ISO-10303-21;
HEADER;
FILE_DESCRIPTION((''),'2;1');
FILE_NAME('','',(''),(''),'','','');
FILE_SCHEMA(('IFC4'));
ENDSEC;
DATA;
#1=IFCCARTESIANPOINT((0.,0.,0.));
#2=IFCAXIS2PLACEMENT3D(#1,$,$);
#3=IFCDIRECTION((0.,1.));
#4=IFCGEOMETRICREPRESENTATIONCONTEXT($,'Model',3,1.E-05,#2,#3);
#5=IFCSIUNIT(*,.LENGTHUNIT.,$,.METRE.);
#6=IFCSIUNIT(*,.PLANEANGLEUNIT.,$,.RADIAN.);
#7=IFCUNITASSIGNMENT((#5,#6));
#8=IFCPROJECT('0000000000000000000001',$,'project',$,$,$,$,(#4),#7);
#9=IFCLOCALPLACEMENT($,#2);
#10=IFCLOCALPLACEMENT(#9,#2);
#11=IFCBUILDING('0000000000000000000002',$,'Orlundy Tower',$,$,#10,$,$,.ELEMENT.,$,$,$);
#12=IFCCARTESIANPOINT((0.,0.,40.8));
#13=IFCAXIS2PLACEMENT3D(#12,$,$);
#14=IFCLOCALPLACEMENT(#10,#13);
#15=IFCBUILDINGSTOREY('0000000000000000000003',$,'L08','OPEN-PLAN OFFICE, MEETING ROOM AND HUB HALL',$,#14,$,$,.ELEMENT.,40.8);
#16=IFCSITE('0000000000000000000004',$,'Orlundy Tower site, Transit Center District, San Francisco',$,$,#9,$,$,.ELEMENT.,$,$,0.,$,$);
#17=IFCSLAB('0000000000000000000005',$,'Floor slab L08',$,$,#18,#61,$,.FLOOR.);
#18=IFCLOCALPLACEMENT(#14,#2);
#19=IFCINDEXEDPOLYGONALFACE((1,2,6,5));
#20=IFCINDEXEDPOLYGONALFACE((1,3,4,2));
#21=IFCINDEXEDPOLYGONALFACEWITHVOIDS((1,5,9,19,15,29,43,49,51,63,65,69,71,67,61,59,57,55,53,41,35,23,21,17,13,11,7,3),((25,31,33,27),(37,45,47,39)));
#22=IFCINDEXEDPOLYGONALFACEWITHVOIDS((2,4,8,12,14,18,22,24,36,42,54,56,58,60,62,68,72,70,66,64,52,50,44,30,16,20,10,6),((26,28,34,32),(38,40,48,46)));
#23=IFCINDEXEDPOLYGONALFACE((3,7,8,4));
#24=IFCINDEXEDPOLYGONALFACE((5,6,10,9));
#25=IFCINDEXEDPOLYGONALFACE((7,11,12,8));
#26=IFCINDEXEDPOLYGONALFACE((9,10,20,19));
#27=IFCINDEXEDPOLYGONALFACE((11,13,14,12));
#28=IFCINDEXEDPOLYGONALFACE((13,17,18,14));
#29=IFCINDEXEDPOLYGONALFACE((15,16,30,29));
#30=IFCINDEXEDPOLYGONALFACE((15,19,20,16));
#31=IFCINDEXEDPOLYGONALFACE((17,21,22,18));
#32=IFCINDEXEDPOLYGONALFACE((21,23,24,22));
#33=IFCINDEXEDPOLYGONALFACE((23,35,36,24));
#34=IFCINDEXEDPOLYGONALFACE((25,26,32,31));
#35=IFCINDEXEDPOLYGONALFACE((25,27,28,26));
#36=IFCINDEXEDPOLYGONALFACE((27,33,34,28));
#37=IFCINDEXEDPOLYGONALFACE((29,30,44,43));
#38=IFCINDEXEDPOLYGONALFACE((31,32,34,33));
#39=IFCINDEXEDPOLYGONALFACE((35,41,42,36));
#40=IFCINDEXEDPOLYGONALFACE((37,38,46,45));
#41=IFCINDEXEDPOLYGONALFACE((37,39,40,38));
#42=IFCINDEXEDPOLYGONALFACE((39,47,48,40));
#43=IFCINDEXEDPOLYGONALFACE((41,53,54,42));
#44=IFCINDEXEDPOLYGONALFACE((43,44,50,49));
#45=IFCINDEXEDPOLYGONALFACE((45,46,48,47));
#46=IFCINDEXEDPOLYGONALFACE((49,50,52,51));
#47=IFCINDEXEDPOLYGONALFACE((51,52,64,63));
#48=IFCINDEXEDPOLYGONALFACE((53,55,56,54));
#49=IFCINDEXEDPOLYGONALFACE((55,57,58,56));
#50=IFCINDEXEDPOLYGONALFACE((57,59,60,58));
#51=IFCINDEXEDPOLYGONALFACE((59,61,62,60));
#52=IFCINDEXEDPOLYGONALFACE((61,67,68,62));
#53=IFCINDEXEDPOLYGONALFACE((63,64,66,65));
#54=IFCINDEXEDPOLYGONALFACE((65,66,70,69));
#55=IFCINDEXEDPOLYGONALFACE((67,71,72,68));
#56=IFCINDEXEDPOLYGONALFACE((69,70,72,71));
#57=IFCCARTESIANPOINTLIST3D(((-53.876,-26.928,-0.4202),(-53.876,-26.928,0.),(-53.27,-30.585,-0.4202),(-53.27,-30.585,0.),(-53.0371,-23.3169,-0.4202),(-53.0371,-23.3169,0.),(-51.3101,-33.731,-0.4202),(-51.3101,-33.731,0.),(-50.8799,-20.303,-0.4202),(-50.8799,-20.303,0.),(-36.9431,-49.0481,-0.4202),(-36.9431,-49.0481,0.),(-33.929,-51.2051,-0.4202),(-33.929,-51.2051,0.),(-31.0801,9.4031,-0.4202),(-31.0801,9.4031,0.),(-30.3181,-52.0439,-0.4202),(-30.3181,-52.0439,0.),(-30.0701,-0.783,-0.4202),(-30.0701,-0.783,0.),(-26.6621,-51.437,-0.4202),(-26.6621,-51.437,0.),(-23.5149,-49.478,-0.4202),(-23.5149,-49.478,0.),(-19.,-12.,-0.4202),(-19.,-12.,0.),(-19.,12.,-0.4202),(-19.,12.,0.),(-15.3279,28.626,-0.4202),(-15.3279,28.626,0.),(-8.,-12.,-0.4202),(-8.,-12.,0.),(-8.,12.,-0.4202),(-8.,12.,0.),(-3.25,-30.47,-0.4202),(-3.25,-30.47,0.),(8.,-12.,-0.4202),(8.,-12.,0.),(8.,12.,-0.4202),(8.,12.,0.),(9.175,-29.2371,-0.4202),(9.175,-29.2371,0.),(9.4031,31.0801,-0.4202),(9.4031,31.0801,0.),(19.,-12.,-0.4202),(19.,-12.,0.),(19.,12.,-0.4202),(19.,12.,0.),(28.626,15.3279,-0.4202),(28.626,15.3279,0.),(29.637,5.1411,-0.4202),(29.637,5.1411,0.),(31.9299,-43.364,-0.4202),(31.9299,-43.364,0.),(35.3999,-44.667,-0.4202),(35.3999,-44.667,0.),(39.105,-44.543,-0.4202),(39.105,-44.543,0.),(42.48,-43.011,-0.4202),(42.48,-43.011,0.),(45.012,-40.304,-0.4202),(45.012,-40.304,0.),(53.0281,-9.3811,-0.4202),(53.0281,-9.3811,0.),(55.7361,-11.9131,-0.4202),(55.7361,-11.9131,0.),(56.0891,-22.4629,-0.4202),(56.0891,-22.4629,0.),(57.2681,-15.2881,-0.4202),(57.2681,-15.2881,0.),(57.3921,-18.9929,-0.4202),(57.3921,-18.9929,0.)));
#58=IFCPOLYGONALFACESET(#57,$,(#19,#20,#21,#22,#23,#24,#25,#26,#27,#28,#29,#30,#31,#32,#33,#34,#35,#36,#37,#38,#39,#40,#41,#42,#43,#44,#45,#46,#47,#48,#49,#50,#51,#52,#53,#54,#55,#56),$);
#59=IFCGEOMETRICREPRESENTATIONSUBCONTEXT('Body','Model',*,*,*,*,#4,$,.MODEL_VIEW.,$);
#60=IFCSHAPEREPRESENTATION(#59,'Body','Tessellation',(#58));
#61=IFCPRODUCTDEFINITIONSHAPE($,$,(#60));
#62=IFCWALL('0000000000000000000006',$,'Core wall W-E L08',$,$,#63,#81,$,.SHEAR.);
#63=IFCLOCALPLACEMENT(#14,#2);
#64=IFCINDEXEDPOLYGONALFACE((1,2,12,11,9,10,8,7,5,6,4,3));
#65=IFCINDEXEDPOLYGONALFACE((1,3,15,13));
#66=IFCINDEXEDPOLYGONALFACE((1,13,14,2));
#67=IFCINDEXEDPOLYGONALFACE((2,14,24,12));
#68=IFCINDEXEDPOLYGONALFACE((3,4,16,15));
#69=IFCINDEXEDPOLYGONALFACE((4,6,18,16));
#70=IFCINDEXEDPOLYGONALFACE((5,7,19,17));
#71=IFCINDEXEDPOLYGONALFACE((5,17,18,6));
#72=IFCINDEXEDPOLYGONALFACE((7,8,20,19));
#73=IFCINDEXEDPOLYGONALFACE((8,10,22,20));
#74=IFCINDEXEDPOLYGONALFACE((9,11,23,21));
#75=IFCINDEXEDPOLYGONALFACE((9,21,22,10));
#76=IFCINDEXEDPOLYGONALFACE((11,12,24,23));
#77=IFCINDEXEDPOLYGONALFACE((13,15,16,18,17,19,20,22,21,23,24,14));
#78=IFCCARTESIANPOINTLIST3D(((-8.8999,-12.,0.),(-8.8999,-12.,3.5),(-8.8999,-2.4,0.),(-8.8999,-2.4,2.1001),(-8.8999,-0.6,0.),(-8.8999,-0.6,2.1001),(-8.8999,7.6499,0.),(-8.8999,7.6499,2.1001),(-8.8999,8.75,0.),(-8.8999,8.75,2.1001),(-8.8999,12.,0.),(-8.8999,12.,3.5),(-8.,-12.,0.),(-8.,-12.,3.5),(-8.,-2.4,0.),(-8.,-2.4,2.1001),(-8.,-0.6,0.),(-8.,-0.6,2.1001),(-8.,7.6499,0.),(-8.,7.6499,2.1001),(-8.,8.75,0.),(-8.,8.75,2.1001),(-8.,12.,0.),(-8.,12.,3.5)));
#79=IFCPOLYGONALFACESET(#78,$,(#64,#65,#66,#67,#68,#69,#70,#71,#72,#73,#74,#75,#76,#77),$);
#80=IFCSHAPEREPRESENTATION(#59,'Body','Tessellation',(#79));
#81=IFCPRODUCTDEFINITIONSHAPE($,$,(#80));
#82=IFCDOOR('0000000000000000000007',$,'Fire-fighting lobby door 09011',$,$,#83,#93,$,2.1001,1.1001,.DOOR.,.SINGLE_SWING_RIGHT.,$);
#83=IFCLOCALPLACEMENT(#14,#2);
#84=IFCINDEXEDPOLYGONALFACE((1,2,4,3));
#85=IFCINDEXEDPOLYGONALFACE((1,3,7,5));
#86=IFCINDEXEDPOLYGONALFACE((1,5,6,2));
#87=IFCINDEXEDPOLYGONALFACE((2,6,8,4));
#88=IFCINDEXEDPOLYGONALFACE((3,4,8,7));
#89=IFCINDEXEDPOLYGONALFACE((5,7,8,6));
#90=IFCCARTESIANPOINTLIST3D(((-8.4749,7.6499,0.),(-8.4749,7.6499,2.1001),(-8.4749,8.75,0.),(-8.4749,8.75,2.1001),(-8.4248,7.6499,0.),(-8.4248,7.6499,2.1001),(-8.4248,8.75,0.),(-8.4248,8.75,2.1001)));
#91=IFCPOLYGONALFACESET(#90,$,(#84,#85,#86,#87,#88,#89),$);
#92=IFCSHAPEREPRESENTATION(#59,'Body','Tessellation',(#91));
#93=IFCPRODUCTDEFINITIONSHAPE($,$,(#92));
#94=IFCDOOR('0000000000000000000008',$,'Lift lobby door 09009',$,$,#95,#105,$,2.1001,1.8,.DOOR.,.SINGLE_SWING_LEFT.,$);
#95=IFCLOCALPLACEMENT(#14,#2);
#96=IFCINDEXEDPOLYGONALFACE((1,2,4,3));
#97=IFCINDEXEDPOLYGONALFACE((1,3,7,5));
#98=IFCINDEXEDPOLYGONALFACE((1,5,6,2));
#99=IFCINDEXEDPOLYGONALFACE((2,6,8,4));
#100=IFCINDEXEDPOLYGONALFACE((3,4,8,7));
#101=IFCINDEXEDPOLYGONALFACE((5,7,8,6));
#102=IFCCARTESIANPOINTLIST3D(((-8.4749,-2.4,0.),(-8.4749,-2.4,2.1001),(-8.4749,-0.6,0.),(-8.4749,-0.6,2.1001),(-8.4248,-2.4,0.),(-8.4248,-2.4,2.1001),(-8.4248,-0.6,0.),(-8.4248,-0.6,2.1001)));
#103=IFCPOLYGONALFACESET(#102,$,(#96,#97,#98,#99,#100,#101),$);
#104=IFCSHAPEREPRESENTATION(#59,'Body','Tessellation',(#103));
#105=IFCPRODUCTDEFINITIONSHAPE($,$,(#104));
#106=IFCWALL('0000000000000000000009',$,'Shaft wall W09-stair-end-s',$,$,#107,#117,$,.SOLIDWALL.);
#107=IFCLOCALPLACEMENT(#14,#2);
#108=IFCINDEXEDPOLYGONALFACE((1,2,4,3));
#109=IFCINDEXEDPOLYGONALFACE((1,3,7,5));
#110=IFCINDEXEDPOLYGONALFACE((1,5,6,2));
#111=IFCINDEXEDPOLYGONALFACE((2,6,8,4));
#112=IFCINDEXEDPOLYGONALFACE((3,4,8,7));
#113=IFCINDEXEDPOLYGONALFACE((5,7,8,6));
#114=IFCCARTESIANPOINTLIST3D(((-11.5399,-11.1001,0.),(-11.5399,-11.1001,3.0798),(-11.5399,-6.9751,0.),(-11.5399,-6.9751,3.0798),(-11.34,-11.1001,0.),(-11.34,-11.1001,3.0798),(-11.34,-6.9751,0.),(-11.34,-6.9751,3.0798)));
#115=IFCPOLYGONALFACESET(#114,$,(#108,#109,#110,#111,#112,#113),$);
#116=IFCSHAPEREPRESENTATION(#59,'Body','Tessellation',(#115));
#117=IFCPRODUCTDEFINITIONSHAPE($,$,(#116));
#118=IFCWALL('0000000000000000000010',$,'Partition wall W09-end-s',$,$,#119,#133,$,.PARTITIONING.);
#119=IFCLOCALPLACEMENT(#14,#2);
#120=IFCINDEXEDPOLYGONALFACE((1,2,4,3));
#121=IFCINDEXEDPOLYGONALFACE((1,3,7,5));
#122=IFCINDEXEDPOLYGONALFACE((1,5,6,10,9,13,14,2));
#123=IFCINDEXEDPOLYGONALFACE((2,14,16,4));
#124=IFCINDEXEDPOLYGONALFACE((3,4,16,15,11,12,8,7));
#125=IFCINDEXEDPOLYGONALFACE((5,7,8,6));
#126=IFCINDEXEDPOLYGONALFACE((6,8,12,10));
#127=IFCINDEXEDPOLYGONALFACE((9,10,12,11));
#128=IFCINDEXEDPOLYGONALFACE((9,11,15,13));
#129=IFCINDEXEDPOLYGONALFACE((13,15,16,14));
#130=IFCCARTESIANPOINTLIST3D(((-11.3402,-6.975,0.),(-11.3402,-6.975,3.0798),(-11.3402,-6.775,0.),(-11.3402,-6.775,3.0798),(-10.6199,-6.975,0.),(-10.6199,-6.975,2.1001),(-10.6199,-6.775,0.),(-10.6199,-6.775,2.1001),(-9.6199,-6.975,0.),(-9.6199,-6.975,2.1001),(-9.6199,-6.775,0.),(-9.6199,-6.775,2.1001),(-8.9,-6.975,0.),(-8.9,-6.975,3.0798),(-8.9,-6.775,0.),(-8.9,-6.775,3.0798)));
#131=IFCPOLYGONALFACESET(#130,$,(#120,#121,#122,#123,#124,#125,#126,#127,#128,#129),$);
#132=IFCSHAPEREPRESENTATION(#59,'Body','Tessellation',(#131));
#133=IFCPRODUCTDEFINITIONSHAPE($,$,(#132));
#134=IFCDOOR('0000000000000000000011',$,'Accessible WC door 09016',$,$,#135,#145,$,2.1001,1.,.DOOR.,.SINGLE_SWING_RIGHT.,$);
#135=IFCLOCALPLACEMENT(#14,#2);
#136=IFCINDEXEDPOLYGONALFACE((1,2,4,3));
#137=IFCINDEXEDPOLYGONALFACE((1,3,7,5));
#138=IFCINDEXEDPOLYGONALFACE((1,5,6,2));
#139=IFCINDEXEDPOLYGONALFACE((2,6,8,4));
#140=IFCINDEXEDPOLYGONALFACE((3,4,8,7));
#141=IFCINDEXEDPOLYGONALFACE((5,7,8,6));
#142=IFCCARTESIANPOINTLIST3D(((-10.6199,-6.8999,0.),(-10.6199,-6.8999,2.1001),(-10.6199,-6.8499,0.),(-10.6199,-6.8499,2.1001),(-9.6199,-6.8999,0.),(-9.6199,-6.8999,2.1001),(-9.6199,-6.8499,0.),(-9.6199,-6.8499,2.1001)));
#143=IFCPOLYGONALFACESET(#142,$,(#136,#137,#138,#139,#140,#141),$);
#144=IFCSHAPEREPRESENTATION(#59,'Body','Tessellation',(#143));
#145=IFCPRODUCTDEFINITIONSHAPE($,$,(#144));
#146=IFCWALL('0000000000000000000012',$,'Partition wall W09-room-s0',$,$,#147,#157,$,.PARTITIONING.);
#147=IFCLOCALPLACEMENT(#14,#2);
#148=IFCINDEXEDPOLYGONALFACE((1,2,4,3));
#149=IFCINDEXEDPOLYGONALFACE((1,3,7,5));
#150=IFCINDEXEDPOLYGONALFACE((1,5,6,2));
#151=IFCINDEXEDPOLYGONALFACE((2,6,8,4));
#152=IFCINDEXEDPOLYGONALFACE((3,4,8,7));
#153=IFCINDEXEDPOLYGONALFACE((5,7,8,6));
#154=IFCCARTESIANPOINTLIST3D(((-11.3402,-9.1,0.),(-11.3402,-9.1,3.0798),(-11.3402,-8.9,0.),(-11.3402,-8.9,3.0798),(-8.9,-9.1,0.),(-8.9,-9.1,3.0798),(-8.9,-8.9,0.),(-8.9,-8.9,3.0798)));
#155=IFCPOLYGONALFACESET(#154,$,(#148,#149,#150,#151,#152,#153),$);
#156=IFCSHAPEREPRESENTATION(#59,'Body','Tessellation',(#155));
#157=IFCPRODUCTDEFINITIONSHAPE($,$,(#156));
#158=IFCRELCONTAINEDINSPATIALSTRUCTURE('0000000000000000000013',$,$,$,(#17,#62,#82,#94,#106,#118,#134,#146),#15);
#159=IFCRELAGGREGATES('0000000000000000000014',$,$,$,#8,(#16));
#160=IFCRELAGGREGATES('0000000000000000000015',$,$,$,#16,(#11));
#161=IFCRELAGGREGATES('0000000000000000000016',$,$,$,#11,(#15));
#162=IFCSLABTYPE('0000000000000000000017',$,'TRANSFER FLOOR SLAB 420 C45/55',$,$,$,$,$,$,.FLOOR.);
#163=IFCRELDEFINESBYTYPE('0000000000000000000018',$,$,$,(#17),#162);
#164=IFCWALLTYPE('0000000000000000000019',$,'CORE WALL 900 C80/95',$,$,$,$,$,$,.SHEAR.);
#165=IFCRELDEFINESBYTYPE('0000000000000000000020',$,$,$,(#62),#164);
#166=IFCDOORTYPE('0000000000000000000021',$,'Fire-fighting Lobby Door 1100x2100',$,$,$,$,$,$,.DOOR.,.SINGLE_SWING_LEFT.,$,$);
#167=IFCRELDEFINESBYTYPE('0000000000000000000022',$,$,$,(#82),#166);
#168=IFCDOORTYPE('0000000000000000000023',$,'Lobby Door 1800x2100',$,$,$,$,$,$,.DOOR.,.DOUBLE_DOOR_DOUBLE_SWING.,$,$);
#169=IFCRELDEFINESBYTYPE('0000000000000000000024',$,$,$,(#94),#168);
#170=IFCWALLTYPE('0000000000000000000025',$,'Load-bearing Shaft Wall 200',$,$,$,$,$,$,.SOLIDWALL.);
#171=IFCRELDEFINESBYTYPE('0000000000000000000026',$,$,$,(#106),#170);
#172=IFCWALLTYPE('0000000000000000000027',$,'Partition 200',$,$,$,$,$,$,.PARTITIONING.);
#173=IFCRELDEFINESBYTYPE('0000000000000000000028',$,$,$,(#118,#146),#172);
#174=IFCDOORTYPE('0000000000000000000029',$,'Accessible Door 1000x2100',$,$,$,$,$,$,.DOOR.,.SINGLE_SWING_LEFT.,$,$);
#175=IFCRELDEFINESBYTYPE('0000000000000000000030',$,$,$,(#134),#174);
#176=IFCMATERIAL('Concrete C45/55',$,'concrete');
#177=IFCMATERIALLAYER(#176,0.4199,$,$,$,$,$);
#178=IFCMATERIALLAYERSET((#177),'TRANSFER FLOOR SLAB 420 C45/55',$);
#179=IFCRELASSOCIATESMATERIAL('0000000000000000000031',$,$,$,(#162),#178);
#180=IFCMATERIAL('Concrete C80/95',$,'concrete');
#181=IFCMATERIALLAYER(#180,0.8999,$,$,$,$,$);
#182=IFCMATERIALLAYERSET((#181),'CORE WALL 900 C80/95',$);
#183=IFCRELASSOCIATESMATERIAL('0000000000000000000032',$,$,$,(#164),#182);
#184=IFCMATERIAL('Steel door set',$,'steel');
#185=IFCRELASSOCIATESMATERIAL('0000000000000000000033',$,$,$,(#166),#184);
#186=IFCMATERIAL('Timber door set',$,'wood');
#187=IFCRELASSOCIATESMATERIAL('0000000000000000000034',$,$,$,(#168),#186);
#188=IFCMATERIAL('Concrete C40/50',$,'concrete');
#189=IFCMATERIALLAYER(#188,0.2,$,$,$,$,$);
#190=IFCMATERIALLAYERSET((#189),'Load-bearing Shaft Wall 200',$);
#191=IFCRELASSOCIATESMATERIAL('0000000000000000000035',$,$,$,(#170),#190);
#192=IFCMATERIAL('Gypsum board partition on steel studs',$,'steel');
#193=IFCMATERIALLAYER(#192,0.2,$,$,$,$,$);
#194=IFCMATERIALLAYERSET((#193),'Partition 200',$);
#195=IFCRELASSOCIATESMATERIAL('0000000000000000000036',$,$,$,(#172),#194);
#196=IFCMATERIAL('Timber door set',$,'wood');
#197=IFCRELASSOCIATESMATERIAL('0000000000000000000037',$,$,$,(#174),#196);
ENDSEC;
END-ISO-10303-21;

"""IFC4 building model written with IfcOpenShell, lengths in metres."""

from ifc_helpers import new_model, si_unit, direction, frame, frame_2d, origin, place, context, subcontext, project, spatial, polyline, rectangle, outline, extrude, material, layer, layer_set, type_object, element, fill, save


model = new_model("IFC4")

# Units and contexts
model_context = context("Model", 3, precision=1e-05, world=origin(), true_north=direction((0.0, 1.0)))
body_context = subcontext(model_context, "Body", "Model", "MODEL_VIEW")
ifc_project = project(units=[si_unit("LENGTHUNIT", "METRE"), si_unit("PLANEANGLEUNIT", "RADIAN")], contexts=[model_context])

# Site, building, storey
site_placement = place(None, origin())
site = spatial("IfcSite", under=ifc_project, at=site_placement, Name="Orlundy Tower site, Transit Center District, San Francisco", CompositionType="ELEMENT", RefElevation=0.0)
building_placement = place(site_placement, origin())
building = spatial("IfcBuilding", under=site, at=building_placement, Name="Orlundy Tower", CompositionType="ELEMENT")
storey_placement = place(building_placement, frame((0.0, 0.0, 40.8)))
storey = spatial("IfcBuildingStorey", under=building, at=storey_placement, Name="L08", Description="OPEN-PLAN OFFICE, MEETING ROOM AND HUB HALL", CompositionType="ELEMENT", Elevation=40.8)

# Slab
ifc_material_1 = material(Name="Concrete C45/55", Category="concrete")
ifc_layer_1 = layer(ifc_material_1, 0.4199)
ifc_layer_set_1 = layer_set([ifc_layer_1], Name="TRANSFER FLOOR SLAB 420 C45/55")
slab_type_1 = type_object("IfcSlabType", Name="TRANSFER FLOOR SLAB 420 C45/55", PredefinedType="FLOOR", material=ifc_layer_set_1)
slab_1_placement = place(storey_placement, frame((0.0, 0.0, -0.4202)))
element("IfcSlab", 1, at=slab_1_placement, inside=storey, type_object=slab_type_1, Name="Floor slab L08", PredefinedType="FLOOR", context=body_context, shape_type="SweptSolid", body=[
    extrude(outline(polyline([(-30.0701, -0.783), (-31.0801, 9.4031), (-15.3279, 28.626), (9.4031, 31.0801), (28.626, 15.3279), (29.637, 5.1411), (53.0281, -9.3811), (55.7361, -11.9131), (57.2681, -15.2881), (57.3921, -18.9929), (56.0891, -22.4629), (45.012, -40.304), (42.48, -43.011), (39.105, -44.543), (35.3999, -44.667), (31.9299, -43.364), (9.175, -29.2371), (-3.25, -30.47), (-23.5149, -49.478), (-26.6621, -51.437), (-30.3181, -52.0439), (-33.929, -51.2051), (-36.9431, -49.0481), (-51.3101, -33.731), (-53.27, -30.585), (-53.876, -26.928), (-53.0371, -23.3169), (-50.8799, -20.303), (-30.0701, -0.783)]), holes=[polyline([(-8.0, -12.0), (-8.0, 12.0), (-19.0, 12.0), (-19.0, -12.0), (-8.0, -12.0)]), polyline([(19.0, -12.0), (19.0, 12.0), (8.0, 12.0), (8.0, -12.0), (19.0, -12.0)])]), origin(), (0.0, 0.0, 1.0), 0.4202),
])

# Wall, openings, doors
ifc_material_2 = material(Name="Concrete C80/95", Category="concrete")
ifc_layer_2 = layer(ifc_material_2, 0.8999)
ifc_layer_set_2 = layer_set([ifc_layer_2], Name="CORE WALL 900 C80/95")
wall_type_1 = type_object("IfcWallType", Name="CORE WALL 900 C80/95", PredefinedType="SHEAR", material=ifc_layer_set_2)
wall_1_placement = place(storey_placement, frame((-8.45, -12.0, 0.0), z_axis=(0.0, 0.0, 1.0), x_axis=(0.0, 1.0, 0.0)))
wall_1 = element("IfcWall", 2, at=wall_1_placement, inside=storey, type_object=wall_type_1, Name="Core wall W-E L08", PredefinedType="SHEAR", context=body_context, shape_type="SweptSolid", body=[
    extrude(rectangle(XDim=24.0, YDim=0.8999, at=frame_2d((12.0, 0.0))), origin(), (0.0, 0.0, 1.0), 3.5),
])
opening_1_placement = place(wall_1_placement, frame((9.6001, 0.0, 0.0)))
opening_1 = element("IfcOpeningElement", 3, at=opening_1_placement, cuts=wall_1, PredefinedType="OPENING", context=body_context, shape_type="SweptSolid", body=[
    extrude(rectangle(XDim=1.8, YDim=2.1001, at=frame_2d((0.8999, 1.05))), frame((0.0, 0.46, 0.0), z_axis=(0.0, -1.0, 0.0), x_axis=(1.0, 0.0, 0.0)), (0.0, 0.0, 1.0), 0.9199),
])
opening_2_placement = place(wall_1_placement, frame((19.6499, 0.0, 0.0)))
opening_2 = element("IfcOpeningElement", 4, at=opening_2_placement, cuts=wall_1, PredefinedType="OPENING", context=body_context, shape_type="SweptSolid", body=[
    extrude(rectangle(XDim=1.1001, YDim=2.1001, at=frame_2d((0.55, 1.05))), frame((0.0, 0.46, 0.0), z_axis=(0.0, -1.0, 0.0), x_axis=(1.0, 0.0, 0.0)), (0.0, 0.0, 1.0), 0.9199),
])
ifc_material_3 = material(Name="Steel door set", Category="steel")
door_type_1 = type_object("IfcDoorType", Name="Fire-fighting Lobby Door 1100x2100", OperationType="SINGLE_SWING_LEFT", PredefinedType="DOOR", material=ifc_material_3)
door_1_placement = place(opening_2_placement, origin())
door_1 = element("IfcDoor", 5, at=door_1_placement, inside=storey, type_object=door_type_1, Name="Fire-fighting lobby door 09011", OperationType="SINGLE_SWING_RIGHT", OverallHeight=2.1001, OverallWidth=1.1001, PredefinedType="DOOR", context=body_context, shape_type="SweptSolid", body=[
    extrude(rectangle(XDim=1.1001, YDim=2.1001, at=frame_2d((0.55, 1.05))), frame((0.0, 0.0249, 0.0), z_axis=(0.0, -1.0, 0.0), x_axis=(1.0, 0.0, 0.0)), (0.0, 0.0, 1.0), 0.05),
])
fill(opening_2, door_1)
ifc_material_4 = material(Name="Timber door set", Category="wood")
door_type_2 = type_object("IfcDoorType", Name="Lobby Door 1800x2100", OperationType="DOUBLE_DOOR_DOUBLE_SWING", PredefinedType="DOOR", material=ifc_material_4)
door_2_placement = place(opening_1_placement, origin())
door_2 = element("IfcDoor", 6, at=door_2_placement, inside=storey, type_object=door_type_2, Name="Lift lobby door 09009", OperationType="SINGLE_SWING_LEFT", OverallHeight=2.1001, OverallWidth=1.8, PredefinedType="DOOR", context=body_context, shape_type="SweptSolid", body=[
    extrude(rectangle(XDim=1.8, YDim=2.1001, at=frame_2d((0.8999, 1.05))), frame((0.0, 0.0249, 0.0), z_axis=(0.0, -1.0, 0.0), x_axis=(1.0, 0.0, 0.0)), (0.0, 0.0, 1.0), 0.05),
])
fill(opening_1, door_2)

# Wall
ifc_material_5 = material(Name="Concrete C40/50", Category="concrete")
ifc_layer_3 = layer(ifc_material_5, 0.2)
ifc_layer_set_3 = layer_set([ifc_layer_3], Name="Load-bearing Shaft Wall 200")
wall_type_2 = type_object("IfcWallType", Name="Load-bearing Shaft Wall 200", PredefinedType="SOLIDWALL", material=ifc_layer_set_3)
wall_2_placement = place(storey_placement, frame((-11.4399, -11.1001, 0.0), z_axis=(0.0, 0.0, 1.0), x_axis=(0.0, 1.0, 0.0)))
element("IfcWall", 7, at=wall_2_placement, inside=storey, type_object=wall_type_2, Name="Shaft wall W09-stair-end-s", PredefinedType="SOLIDWALL", context=body_context, shape_type="SweptSolid", body=[
    extrude(rectangle(XDim=4.125, YDim=0.2, at=frame_2d((2.0625, 0.0))), origin(), (0.0, 0.0, 1.0), 3.0798),
])

# Wall, opening, door
ifc_material_6 = material(Name="Gypsum board partition on steel studs", Category="steel")
ifc_layer_4 = layer(ifc_material_6, 0.2)
ifc_layer_set_4 = layer_set([ifc_layer_4], Name="Partition 200")
wall_type_3 = type_object("IfcWallType", Name="Partition 200", PredefinedType="PARTITIONING", material=ifc_layer_set_4)
wall_3_placement = place(storey_placement, frame((-8.8999, -6.875, 0.0), z_axis=(0.0, 0.0, 1.0), x_axis=(-1.0, 0.0, 0.0)))
wall_3 = element("IfcWall", 8, at=wall_3_placement, inside=storey, type_object=wall_type_3, Name="Partition wall W09-end-s", PredefinedType="PARTITIONING", context=body_context, shape_type="SweptSolid", body=[
    extrude(rectangle(XDim=2.4402, YDim=0.2, at=frame_2d((1.2202, 0.0))), origin(), (0.0, 0.0, 1.0), 3.0798),
])
opening_3_placement = place(wall_3_placement, frame((0.72, 0.0, 0.0)))
opening_3 = element("IfcOpeningElement", 9, at=opening_3_placement, cuts=wall_3, PredefinedType="OPENING", context=body_context, shape_type="SweptSolid", body=[
    extrude(rectangle(XDim=1.0, YDim=2.1001, at=frame_2d((0.5, 1.05))), frame((0.0, 0.1101, 0.0), z_axis=(0.0, -1.0, 0.0), x_axis=(1.0, 0.0, 0.0)), (0.0, 0.0, 1.0), 0.2202),
])
ifc_material_7 = material(Name="Timber door set", Category="wood")
door_type_3 = type_object("IfcDoorType", Name="Accessible Door 1000x2100", OperationType="SINGLE_SWING_LEFT", PredefinedType="DOOR", material=ifc_material_7)
door_3_placement = place(opening_3_placement, origin())
door_3 = element("IfcDoor", 10, at=door_3_placement, inside=storey, type_object=door_type_3, Name="Accessible WC door 09016", OperationType="SINGLE_SWING_RIGHT", OverallHeight=2.1001, OverallWidth=1.0, PredefinedType="DOOR", context=body_context, shape_type="SweptSolid", body=[
    extrude(rectangle(XDim=1.0, YDim=2.1001, at=frame_2d((0.5, 1.05))), frame((0.0, 0.0249, 0.0), z_axis=(0.0, -1.0, 0.0), x_axis=(1.0, 0.0, 0.0)), (0.0, 0.0, 1.0), 0.05),
])
fill(opening_3, door_3)

# Wall
wall_4_placement = place(storey_placement, frame((-8.8999, -9.0, 0.0), z_axis=(0.0, 0.0, 1.0), x_axis=(-1.0, 0.0, 0.0)))
element("IfcWall", 11, at=wall_4_placement, inside=storey, type_object=wall_type_3, Name="Partition wall W09-room-s0", PredefinedType="PARTITIONING", context=body_context, shape_type="SweptSolid", body=[
    extrude(rectangle(XDim=2.4402, YDim=0.2, at=frame_2d((1.2202, 0.0))), origin(), (0.0, 0.0, 1.0), 3.0798),
])

save(model, "model.ifc")
